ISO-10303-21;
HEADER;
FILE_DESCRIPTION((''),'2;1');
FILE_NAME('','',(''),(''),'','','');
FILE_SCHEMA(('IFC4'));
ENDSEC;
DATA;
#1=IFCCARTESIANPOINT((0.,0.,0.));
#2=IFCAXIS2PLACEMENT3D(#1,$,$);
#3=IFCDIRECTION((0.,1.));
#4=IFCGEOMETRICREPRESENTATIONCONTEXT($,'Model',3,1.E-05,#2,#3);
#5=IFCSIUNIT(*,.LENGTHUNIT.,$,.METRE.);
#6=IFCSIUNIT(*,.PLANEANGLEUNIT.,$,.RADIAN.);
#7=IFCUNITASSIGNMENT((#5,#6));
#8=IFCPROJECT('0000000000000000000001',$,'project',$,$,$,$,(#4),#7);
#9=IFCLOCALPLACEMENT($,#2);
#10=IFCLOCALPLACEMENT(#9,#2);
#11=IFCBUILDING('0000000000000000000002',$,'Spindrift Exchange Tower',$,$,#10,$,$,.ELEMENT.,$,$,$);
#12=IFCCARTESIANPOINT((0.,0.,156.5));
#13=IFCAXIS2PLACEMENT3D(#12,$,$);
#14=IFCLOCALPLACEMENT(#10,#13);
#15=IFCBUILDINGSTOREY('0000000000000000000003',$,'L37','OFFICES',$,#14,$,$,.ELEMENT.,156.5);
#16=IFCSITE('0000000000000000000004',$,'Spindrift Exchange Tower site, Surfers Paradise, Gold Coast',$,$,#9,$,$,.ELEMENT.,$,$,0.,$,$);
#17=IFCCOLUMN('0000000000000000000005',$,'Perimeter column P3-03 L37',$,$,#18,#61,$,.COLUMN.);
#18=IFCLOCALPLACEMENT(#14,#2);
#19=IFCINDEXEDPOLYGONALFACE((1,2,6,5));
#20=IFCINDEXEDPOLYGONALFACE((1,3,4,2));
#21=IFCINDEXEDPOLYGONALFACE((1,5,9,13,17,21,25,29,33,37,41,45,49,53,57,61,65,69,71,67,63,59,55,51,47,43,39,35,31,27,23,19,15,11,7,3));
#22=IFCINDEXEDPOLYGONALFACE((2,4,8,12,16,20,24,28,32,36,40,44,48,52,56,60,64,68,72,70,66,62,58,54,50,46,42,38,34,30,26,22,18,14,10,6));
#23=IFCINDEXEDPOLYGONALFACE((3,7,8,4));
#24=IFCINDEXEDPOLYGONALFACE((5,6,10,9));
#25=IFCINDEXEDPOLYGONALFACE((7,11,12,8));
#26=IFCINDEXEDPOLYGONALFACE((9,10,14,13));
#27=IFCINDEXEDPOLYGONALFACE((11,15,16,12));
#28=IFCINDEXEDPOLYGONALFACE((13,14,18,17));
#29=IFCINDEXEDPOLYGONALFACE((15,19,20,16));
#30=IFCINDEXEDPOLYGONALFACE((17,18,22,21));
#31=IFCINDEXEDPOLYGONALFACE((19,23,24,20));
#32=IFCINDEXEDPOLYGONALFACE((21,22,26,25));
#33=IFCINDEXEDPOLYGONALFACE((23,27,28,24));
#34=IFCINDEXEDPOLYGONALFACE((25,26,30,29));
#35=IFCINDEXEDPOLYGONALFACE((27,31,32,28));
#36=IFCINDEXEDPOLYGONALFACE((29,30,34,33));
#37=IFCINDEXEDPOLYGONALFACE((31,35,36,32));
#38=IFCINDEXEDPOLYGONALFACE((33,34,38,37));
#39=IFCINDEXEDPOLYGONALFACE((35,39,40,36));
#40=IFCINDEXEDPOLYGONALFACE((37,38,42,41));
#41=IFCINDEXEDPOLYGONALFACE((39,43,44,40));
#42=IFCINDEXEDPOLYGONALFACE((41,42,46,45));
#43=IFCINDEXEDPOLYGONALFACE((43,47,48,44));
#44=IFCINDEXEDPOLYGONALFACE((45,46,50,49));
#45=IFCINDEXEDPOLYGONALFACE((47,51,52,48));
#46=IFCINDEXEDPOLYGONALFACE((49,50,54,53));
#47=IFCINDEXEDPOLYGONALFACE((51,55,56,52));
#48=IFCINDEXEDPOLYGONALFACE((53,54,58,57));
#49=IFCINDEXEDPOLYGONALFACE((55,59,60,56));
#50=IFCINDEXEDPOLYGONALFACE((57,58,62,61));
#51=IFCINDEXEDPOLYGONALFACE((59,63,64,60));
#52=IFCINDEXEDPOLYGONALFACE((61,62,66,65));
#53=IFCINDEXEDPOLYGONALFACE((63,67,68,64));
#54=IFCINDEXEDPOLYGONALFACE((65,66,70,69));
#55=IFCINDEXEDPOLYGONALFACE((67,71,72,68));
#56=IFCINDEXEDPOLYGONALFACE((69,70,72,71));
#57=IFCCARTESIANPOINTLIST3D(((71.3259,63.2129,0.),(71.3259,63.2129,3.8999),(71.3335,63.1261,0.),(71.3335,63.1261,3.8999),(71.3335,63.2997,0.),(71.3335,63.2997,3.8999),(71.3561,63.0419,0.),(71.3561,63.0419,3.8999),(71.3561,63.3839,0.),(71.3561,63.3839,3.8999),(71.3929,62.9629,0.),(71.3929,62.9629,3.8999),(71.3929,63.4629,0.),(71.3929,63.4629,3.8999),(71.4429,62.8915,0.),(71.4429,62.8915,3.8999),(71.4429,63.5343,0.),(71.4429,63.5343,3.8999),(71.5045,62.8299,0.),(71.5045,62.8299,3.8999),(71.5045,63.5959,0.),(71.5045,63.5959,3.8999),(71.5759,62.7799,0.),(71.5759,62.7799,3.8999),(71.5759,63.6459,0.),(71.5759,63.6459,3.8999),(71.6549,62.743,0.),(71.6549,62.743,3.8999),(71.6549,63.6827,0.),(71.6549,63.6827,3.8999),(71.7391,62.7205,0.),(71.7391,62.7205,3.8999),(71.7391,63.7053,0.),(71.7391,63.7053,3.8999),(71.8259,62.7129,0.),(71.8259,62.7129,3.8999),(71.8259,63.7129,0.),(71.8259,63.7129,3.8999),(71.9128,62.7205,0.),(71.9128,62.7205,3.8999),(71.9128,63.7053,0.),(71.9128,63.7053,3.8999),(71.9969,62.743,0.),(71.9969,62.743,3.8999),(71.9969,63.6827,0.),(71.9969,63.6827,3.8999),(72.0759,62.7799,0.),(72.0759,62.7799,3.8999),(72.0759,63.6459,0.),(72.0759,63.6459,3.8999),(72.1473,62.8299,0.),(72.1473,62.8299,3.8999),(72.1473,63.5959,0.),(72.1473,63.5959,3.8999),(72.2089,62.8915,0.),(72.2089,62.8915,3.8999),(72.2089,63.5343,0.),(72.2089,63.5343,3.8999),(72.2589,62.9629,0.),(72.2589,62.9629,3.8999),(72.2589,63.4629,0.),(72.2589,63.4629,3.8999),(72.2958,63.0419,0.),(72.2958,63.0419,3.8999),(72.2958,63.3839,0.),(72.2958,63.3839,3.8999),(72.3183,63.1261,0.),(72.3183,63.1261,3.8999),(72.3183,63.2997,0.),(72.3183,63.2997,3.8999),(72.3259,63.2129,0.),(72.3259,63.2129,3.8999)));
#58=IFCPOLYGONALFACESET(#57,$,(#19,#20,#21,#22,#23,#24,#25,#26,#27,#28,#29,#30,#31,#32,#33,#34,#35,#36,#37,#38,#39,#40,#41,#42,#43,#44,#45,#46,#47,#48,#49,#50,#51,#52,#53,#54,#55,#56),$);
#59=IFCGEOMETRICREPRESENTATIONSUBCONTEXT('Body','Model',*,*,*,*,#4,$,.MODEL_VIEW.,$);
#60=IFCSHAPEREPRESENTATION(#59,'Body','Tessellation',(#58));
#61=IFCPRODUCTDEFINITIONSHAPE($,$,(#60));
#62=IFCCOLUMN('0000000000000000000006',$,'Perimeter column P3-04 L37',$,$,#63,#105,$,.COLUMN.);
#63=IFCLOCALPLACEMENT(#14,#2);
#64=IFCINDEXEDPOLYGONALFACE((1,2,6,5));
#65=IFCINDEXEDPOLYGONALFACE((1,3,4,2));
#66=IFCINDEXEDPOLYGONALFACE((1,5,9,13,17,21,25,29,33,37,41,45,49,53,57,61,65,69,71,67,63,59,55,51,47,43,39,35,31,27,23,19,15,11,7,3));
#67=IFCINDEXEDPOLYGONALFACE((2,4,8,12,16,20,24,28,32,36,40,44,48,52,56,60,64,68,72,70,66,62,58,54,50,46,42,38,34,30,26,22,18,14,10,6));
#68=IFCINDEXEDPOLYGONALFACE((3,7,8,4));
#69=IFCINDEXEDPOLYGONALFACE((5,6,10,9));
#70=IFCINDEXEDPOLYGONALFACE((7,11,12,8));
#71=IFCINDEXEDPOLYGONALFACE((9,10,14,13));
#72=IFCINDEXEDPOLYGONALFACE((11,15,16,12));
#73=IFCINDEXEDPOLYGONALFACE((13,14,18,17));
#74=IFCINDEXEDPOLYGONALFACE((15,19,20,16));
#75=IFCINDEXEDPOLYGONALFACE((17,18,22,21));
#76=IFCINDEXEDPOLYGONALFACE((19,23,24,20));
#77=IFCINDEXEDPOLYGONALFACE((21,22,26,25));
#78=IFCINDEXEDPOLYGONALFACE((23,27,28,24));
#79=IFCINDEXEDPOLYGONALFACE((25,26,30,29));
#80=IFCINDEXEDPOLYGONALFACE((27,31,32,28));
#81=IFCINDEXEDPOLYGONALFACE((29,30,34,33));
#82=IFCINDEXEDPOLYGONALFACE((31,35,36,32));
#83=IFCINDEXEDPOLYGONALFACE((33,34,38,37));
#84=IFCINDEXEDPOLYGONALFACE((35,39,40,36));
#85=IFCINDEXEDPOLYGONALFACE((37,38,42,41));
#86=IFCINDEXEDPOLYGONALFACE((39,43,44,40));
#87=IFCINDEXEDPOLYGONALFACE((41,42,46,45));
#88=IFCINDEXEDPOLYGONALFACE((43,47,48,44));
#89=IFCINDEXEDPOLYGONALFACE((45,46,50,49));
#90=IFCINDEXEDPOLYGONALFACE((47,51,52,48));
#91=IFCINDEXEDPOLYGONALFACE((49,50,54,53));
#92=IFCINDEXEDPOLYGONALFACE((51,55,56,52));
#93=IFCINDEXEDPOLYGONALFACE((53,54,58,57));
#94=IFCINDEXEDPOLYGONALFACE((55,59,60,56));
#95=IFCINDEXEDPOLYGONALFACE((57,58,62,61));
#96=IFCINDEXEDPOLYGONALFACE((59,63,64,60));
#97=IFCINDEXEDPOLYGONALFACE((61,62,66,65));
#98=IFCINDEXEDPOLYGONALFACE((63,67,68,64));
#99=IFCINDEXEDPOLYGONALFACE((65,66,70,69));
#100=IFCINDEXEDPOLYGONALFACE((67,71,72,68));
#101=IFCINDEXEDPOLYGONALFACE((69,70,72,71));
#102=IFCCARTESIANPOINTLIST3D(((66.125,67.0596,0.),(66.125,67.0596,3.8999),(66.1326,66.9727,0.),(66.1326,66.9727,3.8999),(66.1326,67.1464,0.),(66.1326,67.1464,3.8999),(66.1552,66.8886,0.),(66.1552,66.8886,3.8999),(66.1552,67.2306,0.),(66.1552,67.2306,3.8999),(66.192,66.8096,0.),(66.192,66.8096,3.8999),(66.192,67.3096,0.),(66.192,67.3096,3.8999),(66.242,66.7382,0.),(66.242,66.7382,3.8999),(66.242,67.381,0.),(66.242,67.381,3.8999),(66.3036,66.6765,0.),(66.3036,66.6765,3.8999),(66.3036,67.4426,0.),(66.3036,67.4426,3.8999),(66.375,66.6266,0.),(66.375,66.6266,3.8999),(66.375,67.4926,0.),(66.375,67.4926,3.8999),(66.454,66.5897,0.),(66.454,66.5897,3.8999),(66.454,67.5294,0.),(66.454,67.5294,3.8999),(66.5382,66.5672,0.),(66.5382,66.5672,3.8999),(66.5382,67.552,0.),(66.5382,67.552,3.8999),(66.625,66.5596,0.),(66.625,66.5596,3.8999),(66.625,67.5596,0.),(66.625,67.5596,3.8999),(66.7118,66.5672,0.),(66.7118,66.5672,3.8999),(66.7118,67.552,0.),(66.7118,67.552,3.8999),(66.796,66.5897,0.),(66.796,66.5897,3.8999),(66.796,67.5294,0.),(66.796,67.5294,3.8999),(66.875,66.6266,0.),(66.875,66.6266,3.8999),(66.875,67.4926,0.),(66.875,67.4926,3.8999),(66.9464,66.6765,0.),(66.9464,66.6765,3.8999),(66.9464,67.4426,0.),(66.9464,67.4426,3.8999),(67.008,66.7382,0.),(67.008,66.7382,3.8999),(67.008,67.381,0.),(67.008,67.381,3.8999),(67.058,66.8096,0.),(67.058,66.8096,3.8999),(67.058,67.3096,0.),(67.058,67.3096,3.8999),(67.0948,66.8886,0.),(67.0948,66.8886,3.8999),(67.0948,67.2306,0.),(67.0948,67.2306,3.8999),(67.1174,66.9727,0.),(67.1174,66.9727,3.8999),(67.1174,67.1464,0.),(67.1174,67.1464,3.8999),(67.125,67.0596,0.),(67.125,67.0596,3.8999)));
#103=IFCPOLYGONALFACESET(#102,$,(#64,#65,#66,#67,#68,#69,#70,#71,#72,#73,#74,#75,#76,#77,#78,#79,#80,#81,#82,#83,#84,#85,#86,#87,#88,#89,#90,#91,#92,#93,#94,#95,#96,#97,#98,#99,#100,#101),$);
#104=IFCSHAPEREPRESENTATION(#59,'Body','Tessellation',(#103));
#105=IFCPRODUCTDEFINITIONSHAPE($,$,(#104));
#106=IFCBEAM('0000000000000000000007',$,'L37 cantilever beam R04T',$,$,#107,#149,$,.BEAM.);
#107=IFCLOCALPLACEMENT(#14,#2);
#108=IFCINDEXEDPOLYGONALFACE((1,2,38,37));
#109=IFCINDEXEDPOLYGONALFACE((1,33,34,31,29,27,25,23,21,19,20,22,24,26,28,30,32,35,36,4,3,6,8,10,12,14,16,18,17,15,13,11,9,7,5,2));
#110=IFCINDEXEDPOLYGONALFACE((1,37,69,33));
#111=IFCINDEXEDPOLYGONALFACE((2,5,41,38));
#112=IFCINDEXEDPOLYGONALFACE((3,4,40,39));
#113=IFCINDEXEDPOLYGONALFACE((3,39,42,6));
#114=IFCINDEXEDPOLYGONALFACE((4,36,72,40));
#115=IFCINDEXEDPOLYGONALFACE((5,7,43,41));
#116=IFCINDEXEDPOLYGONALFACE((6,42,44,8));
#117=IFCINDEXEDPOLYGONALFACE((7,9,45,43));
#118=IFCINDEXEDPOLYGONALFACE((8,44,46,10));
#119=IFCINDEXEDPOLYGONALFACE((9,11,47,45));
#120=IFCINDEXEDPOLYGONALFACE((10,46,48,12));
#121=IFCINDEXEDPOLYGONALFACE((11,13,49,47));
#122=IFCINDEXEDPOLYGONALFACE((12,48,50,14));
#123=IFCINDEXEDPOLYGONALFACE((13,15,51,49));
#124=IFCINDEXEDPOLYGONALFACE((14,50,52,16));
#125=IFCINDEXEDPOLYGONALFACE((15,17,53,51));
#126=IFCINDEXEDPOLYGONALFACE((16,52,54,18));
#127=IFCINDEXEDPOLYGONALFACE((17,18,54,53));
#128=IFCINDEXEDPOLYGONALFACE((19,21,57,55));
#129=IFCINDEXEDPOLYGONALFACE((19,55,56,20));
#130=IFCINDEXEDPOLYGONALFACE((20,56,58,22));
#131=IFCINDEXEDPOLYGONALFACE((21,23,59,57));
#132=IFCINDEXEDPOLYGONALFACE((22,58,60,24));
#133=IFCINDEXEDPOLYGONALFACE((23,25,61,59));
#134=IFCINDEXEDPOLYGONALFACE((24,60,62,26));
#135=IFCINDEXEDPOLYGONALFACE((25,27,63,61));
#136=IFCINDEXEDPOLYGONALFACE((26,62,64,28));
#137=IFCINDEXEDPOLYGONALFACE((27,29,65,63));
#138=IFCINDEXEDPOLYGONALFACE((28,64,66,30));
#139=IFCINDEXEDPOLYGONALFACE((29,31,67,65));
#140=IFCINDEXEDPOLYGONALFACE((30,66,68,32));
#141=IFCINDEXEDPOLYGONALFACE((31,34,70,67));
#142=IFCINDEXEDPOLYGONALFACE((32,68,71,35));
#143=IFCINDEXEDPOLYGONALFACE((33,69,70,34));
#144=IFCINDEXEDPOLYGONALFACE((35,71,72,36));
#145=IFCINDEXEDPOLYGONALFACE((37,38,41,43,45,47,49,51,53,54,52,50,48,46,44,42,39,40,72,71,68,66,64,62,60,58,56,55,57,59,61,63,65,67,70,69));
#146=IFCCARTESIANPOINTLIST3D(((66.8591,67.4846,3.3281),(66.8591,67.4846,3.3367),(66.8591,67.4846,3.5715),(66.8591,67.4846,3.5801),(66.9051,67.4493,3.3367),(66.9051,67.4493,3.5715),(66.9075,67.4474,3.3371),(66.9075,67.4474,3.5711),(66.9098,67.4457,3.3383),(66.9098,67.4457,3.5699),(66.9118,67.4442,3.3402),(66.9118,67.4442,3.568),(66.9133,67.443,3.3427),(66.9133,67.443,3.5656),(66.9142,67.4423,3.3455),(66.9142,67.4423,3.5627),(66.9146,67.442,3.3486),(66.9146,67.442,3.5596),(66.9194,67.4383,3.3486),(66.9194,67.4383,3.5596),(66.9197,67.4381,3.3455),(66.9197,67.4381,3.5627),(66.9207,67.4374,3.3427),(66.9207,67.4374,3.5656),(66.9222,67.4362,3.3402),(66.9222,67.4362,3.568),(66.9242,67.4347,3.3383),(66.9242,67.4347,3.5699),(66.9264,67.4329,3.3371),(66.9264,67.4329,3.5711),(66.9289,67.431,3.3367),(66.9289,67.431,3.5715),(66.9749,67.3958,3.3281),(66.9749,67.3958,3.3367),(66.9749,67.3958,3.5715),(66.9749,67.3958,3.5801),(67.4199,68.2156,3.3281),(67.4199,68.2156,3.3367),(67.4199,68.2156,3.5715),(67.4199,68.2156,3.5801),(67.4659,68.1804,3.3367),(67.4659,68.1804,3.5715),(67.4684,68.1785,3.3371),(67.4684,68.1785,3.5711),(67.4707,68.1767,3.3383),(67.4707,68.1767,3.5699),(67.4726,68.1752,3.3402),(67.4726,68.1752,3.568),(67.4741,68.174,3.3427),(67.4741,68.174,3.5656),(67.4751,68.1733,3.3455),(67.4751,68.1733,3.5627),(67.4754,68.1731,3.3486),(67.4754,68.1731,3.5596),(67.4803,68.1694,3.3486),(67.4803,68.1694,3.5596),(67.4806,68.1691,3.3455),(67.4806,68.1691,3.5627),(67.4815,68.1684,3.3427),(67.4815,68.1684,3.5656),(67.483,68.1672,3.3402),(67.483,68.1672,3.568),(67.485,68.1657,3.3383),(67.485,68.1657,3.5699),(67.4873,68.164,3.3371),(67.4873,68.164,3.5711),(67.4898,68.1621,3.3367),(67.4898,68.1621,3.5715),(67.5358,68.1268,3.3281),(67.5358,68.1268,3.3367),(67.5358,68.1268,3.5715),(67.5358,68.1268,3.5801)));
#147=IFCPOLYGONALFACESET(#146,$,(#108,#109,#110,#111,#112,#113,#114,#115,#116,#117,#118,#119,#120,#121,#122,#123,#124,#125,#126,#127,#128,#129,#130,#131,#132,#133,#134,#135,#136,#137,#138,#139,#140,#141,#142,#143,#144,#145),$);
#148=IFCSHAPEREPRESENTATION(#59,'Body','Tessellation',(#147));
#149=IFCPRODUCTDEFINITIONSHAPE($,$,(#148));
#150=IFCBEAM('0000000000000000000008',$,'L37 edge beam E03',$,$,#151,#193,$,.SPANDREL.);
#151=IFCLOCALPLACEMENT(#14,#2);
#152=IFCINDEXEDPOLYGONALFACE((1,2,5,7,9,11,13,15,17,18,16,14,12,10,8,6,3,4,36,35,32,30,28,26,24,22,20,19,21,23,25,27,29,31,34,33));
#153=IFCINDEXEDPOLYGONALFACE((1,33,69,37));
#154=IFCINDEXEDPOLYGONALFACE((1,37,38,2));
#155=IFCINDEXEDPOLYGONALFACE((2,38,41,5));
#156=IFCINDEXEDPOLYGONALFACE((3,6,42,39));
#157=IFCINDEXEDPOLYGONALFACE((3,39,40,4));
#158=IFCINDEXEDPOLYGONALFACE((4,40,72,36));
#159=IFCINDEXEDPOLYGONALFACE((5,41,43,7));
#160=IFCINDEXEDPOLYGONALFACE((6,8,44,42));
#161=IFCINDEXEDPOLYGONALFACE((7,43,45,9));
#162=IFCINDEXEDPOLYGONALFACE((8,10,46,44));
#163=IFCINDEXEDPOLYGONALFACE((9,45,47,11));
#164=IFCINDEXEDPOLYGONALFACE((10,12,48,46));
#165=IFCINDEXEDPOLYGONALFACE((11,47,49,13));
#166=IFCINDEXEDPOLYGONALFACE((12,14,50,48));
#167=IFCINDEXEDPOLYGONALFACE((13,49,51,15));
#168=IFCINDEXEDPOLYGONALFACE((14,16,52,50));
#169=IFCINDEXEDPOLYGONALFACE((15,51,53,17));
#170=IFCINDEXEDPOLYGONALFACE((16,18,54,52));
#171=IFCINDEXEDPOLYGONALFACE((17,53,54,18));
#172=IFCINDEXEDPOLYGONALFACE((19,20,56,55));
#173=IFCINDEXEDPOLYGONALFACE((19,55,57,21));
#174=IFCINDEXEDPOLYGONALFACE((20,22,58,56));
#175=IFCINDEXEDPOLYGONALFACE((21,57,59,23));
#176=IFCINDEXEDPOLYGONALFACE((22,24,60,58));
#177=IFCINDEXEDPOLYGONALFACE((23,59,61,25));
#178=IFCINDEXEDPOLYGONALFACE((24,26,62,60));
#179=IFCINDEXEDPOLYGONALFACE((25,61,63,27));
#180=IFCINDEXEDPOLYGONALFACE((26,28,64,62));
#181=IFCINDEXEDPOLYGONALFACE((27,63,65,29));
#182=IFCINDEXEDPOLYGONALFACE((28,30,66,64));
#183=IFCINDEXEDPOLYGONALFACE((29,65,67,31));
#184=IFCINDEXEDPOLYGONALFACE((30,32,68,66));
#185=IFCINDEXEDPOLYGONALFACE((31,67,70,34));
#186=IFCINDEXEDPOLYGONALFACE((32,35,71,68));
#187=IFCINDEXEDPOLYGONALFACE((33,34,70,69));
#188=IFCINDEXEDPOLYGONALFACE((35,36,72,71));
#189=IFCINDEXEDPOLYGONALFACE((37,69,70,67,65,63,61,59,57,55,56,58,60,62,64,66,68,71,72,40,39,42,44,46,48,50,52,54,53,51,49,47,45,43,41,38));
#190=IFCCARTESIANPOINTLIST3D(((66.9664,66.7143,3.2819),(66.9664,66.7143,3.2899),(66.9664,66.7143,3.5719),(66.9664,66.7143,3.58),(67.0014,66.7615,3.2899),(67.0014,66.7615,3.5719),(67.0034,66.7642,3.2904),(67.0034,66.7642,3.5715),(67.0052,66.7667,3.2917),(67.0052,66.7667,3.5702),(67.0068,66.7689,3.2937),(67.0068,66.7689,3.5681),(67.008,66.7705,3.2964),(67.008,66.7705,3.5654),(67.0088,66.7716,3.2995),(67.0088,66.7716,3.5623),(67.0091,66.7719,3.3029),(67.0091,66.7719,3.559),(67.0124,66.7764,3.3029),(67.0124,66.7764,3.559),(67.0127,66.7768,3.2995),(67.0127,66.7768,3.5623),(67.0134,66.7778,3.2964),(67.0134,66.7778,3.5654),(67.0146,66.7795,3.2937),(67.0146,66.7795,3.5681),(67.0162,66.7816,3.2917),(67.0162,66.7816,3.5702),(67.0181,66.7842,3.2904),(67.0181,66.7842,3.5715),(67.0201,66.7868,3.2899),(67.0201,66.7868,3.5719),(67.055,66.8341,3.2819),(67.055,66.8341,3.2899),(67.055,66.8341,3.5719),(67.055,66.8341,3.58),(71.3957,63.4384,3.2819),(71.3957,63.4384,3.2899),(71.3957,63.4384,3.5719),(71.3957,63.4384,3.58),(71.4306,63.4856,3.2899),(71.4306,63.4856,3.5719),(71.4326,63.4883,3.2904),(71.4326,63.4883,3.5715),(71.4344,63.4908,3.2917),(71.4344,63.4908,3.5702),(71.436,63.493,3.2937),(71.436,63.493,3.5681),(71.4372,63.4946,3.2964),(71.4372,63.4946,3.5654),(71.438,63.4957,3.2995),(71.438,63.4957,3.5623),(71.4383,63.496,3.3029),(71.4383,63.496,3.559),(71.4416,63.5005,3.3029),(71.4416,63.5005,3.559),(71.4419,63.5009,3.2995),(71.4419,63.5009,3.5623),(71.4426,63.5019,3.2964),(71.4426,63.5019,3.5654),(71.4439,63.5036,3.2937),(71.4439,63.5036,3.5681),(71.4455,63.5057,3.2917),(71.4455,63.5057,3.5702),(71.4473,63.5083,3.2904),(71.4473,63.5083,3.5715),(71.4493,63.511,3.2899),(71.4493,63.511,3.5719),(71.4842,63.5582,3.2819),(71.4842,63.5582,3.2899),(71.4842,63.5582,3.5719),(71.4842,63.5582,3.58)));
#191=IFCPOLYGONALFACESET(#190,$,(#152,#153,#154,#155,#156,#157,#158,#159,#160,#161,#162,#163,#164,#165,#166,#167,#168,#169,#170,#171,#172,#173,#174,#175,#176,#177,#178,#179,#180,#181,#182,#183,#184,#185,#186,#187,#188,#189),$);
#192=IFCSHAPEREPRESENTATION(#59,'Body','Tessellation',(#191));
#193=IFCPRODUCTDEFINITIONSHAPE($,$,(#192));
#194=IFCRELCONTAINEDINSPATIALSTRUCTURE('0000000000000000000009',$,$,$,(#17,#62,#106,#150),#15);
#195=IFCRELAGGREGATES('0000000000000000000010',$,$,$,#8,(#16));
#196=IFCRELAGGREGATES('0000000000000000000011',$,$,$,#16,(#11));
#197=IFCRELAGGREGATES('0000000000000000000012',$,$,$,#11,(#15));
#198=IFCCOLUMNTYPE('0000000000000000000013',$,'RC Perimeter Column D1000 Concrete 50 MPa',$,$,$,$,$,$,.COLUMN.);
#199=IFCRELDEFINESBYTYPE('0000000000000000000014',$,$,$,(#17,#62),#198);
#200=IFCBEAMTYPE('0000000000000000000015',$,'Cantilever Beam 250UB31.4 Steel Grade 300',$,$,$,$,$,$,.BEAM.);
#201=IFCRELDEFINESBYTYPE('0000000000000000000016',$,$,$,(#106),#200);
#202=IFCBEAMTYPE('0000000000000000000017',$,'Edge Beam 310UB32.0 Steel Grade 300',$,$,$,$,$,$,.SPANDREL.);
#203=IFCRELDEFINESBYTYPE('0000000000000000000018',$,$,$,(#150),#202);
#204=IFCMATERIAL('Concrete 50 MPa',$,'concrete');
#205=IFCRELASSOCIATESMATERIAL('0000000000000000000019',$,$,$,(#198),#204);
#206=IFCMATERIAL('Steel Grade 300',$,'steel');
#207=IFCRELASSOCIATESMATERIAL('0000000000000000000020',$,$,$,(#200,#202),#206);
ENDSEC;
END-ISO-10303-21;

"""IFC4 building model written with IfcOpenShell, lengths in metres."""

from ifc_helpers import new_model, si_unit, direction, frame, origin, origin_2d, place, context, subcontext, project, spatial, circle, i_section, extrude, source, transform, mapped, material, material_profile, profile_set, type_object, element, save


model = new_model("IFC4")

# Units and contexts
model_context = context("Model", 3, precision=1e-05, world=origin(), true_north=direction((0.0, 1.0)))
body_context = subcontext(model_context, "Body", "Model", "MODEL_VIEW")
ifc_project = project(units=[si_unit("LENGTHUNIT", "METRE"), si_unit("PLANEANGLEUNIT", "RADIAN")], contexts=[model_context])

# Site, building, storey
site_placement = place(None, origin())
site = spatial("IfcSite", under=ifc_project, at=site_placement, Name="Spindrift Exchange Tower site, Surfers Paradise, Gold Coast", CompositionType="ELEMENT", RefElevation=0.0)
building_placement = place(site_placement, origin())
building = spatial("IfcBuilding", under=site, at=building_placement, Name="Spindrift Exchange Tower", CompositionType="ELEMENT")
storey_placement = place(building_placement, frame((0.0, 0.0, 156.5)))
storey = spatial("IfcBuildingStorey", under=building, at=storey_placement, Name="L37", Description="OFFICES", CompositionType="ELEMENT", Elevation=156.5)

# Columns
ifc_material_1 = material(Name="Concrete 50 MPa", Category="concrete")
ifc_material_profile_1 = material_profile(ifc_material_1, circle(Radius=0.5, at=origin_2d()), Name="RC D1000")
ifc_profile_set_1 = profile_set([ifc_material_profile_1], Name="Concrete 50 MPa")
column_type = type_object("IfcColumnType", Name="RC Perimeter Column D1000 Concrete 50 MPa", PredefinedType="COLUMN", material=ifc_profile_set_1)
shared_shape_1 = source(origin(), body_context, "Body", "SweptSolid", [
    extrude(circle(Radius=0.5, at=origin_2d()), origin(), (0.0, 0.0, 1.0), 3.8999),
])
for number, where, z_axis, x_axis, name in (
    (1, (71.8259, 63.2129, 0.0), (0.0, 0.0, 1.0), (1.0, 0.0, 0.0), "Perimeter column P3-03 L37"),
    (2, (66.625, 67.0596, 0.0), (0.0, 0.0, 1.0), (1.0, 0.0, 0.0), "Perimeter column P3-04 L37"),
):
    element("IfcColumn", number, at=place(storey_placement, frame(where, z_axis=z_axis, x_axis=x_axis)), inside=storey, type_object=column_type, Name=name, PredefinedType="COLUMN", context=body_context, shape_type="MappedRepresentation", body=[
        mapped(shared_shape_1, transform((0.0, 0.0, 0.0), scale=1.0)),
    ])

# Beams
ifc_material_2 = material(Name="Steel Grade 300", Category="steel")
ifc_material_profile_2 = material_profile(ifc_material_2, i_section(OverallWidth=0.146, OverallDepth=0.252, WebThickness=0.0061, FlangeThickness=0.0085, FilletRadius=0.012, at=origin_2d()), Name="250UB31.4")
ifc_profile_set_2 = profile_set([ifc_material_profile_2], Name="Steel Grade 300")
beam_type_1 = type_object("IfcBeamType", Name="Cantilever Beam 250UB31.4 Steel Grade 300", PredefinedType="BEAM", material=ifc_profile_set_2)
shared_shape_2 = source(origin(), body_context, "Body", "SweptSolid", [
    extrude(i_section(OverallWidth=0.146, OverallDepth=0.252, WebThickness=0.0061, FlangeThickness=0.0085, FilletRadius=0.012, at=origin_2d()), origin(), (0.0, 0.0, 1.0), 0.9214),
])
beam_1_placement = place(storey_placement, frame((66.917, 67.4402, 3.4541), z_axis=(0.608699, 0.793402, 0.0), x_axis=(-0.793402, 0.608699, 0.0)))
element("IfcBeam", 3, at=beam_1_placement, inside=storey, type_object=beam_type_1, Name="L37 cantilever beam R04T", PredefinedType="BEAM", context=body_context, shape_type="MappedRepresentation", body=[
    mapped(shared_shape_2, transform((0.0, 0.0, 0.0), scale=1.0)),
])
ifc_material_profile_3 = material_profile(ifc_material_2, i_section(OverallWidth=0.1489, OverallDepth=0.2981, WebThickness=0.0056, FlangeThickness=0.0081, FilletRadius=0.0129, at=origin_2d()), Name="310UB32.0")
ifc_profile_set_3 = profile_set([ifc_material_profile_3], Name="Steel Grade 300")
beam_type_2 = type_object("IfcBeamType", Name="Edge Beam 310UB32.0 Steel Grade 300", PredefinedType="SPANDREL", material=ifc_profile_set_3)
shared_shape_3 = source(origin(), body_context, "Body", "SweptSolid", [
    extrude(i_section(OverallWidth=0.1489, OverallDepth=0.2981, WebThickness=0.0056, FlangeThickness=0.0081, FilletRadius=0.0129, at=origin_2d()), origin(), (0.0, 0.0, 1.0), 5.509),
])
beam_2_placement = place(storey_placement, frame((71.4399, 63.4983, 3.4309), z_axis=(-0.803992, 0.59464, 0.0), x_axis=(-0.59464, -0.803992, 0.0)))
element("IfcBeam", 4, at=beam_2_placement, inside=storey, type_object=beam_type_2, Name="L37 edge beam E03", PredefinedType="SPANDREL", context=body_context, shape_type="MappedRepresentation", body=[
    mapped(shared_shape_3, transform((0.0, 0.0, 0.0), scale=1.0)),
])

save(model, "model.ifc")
